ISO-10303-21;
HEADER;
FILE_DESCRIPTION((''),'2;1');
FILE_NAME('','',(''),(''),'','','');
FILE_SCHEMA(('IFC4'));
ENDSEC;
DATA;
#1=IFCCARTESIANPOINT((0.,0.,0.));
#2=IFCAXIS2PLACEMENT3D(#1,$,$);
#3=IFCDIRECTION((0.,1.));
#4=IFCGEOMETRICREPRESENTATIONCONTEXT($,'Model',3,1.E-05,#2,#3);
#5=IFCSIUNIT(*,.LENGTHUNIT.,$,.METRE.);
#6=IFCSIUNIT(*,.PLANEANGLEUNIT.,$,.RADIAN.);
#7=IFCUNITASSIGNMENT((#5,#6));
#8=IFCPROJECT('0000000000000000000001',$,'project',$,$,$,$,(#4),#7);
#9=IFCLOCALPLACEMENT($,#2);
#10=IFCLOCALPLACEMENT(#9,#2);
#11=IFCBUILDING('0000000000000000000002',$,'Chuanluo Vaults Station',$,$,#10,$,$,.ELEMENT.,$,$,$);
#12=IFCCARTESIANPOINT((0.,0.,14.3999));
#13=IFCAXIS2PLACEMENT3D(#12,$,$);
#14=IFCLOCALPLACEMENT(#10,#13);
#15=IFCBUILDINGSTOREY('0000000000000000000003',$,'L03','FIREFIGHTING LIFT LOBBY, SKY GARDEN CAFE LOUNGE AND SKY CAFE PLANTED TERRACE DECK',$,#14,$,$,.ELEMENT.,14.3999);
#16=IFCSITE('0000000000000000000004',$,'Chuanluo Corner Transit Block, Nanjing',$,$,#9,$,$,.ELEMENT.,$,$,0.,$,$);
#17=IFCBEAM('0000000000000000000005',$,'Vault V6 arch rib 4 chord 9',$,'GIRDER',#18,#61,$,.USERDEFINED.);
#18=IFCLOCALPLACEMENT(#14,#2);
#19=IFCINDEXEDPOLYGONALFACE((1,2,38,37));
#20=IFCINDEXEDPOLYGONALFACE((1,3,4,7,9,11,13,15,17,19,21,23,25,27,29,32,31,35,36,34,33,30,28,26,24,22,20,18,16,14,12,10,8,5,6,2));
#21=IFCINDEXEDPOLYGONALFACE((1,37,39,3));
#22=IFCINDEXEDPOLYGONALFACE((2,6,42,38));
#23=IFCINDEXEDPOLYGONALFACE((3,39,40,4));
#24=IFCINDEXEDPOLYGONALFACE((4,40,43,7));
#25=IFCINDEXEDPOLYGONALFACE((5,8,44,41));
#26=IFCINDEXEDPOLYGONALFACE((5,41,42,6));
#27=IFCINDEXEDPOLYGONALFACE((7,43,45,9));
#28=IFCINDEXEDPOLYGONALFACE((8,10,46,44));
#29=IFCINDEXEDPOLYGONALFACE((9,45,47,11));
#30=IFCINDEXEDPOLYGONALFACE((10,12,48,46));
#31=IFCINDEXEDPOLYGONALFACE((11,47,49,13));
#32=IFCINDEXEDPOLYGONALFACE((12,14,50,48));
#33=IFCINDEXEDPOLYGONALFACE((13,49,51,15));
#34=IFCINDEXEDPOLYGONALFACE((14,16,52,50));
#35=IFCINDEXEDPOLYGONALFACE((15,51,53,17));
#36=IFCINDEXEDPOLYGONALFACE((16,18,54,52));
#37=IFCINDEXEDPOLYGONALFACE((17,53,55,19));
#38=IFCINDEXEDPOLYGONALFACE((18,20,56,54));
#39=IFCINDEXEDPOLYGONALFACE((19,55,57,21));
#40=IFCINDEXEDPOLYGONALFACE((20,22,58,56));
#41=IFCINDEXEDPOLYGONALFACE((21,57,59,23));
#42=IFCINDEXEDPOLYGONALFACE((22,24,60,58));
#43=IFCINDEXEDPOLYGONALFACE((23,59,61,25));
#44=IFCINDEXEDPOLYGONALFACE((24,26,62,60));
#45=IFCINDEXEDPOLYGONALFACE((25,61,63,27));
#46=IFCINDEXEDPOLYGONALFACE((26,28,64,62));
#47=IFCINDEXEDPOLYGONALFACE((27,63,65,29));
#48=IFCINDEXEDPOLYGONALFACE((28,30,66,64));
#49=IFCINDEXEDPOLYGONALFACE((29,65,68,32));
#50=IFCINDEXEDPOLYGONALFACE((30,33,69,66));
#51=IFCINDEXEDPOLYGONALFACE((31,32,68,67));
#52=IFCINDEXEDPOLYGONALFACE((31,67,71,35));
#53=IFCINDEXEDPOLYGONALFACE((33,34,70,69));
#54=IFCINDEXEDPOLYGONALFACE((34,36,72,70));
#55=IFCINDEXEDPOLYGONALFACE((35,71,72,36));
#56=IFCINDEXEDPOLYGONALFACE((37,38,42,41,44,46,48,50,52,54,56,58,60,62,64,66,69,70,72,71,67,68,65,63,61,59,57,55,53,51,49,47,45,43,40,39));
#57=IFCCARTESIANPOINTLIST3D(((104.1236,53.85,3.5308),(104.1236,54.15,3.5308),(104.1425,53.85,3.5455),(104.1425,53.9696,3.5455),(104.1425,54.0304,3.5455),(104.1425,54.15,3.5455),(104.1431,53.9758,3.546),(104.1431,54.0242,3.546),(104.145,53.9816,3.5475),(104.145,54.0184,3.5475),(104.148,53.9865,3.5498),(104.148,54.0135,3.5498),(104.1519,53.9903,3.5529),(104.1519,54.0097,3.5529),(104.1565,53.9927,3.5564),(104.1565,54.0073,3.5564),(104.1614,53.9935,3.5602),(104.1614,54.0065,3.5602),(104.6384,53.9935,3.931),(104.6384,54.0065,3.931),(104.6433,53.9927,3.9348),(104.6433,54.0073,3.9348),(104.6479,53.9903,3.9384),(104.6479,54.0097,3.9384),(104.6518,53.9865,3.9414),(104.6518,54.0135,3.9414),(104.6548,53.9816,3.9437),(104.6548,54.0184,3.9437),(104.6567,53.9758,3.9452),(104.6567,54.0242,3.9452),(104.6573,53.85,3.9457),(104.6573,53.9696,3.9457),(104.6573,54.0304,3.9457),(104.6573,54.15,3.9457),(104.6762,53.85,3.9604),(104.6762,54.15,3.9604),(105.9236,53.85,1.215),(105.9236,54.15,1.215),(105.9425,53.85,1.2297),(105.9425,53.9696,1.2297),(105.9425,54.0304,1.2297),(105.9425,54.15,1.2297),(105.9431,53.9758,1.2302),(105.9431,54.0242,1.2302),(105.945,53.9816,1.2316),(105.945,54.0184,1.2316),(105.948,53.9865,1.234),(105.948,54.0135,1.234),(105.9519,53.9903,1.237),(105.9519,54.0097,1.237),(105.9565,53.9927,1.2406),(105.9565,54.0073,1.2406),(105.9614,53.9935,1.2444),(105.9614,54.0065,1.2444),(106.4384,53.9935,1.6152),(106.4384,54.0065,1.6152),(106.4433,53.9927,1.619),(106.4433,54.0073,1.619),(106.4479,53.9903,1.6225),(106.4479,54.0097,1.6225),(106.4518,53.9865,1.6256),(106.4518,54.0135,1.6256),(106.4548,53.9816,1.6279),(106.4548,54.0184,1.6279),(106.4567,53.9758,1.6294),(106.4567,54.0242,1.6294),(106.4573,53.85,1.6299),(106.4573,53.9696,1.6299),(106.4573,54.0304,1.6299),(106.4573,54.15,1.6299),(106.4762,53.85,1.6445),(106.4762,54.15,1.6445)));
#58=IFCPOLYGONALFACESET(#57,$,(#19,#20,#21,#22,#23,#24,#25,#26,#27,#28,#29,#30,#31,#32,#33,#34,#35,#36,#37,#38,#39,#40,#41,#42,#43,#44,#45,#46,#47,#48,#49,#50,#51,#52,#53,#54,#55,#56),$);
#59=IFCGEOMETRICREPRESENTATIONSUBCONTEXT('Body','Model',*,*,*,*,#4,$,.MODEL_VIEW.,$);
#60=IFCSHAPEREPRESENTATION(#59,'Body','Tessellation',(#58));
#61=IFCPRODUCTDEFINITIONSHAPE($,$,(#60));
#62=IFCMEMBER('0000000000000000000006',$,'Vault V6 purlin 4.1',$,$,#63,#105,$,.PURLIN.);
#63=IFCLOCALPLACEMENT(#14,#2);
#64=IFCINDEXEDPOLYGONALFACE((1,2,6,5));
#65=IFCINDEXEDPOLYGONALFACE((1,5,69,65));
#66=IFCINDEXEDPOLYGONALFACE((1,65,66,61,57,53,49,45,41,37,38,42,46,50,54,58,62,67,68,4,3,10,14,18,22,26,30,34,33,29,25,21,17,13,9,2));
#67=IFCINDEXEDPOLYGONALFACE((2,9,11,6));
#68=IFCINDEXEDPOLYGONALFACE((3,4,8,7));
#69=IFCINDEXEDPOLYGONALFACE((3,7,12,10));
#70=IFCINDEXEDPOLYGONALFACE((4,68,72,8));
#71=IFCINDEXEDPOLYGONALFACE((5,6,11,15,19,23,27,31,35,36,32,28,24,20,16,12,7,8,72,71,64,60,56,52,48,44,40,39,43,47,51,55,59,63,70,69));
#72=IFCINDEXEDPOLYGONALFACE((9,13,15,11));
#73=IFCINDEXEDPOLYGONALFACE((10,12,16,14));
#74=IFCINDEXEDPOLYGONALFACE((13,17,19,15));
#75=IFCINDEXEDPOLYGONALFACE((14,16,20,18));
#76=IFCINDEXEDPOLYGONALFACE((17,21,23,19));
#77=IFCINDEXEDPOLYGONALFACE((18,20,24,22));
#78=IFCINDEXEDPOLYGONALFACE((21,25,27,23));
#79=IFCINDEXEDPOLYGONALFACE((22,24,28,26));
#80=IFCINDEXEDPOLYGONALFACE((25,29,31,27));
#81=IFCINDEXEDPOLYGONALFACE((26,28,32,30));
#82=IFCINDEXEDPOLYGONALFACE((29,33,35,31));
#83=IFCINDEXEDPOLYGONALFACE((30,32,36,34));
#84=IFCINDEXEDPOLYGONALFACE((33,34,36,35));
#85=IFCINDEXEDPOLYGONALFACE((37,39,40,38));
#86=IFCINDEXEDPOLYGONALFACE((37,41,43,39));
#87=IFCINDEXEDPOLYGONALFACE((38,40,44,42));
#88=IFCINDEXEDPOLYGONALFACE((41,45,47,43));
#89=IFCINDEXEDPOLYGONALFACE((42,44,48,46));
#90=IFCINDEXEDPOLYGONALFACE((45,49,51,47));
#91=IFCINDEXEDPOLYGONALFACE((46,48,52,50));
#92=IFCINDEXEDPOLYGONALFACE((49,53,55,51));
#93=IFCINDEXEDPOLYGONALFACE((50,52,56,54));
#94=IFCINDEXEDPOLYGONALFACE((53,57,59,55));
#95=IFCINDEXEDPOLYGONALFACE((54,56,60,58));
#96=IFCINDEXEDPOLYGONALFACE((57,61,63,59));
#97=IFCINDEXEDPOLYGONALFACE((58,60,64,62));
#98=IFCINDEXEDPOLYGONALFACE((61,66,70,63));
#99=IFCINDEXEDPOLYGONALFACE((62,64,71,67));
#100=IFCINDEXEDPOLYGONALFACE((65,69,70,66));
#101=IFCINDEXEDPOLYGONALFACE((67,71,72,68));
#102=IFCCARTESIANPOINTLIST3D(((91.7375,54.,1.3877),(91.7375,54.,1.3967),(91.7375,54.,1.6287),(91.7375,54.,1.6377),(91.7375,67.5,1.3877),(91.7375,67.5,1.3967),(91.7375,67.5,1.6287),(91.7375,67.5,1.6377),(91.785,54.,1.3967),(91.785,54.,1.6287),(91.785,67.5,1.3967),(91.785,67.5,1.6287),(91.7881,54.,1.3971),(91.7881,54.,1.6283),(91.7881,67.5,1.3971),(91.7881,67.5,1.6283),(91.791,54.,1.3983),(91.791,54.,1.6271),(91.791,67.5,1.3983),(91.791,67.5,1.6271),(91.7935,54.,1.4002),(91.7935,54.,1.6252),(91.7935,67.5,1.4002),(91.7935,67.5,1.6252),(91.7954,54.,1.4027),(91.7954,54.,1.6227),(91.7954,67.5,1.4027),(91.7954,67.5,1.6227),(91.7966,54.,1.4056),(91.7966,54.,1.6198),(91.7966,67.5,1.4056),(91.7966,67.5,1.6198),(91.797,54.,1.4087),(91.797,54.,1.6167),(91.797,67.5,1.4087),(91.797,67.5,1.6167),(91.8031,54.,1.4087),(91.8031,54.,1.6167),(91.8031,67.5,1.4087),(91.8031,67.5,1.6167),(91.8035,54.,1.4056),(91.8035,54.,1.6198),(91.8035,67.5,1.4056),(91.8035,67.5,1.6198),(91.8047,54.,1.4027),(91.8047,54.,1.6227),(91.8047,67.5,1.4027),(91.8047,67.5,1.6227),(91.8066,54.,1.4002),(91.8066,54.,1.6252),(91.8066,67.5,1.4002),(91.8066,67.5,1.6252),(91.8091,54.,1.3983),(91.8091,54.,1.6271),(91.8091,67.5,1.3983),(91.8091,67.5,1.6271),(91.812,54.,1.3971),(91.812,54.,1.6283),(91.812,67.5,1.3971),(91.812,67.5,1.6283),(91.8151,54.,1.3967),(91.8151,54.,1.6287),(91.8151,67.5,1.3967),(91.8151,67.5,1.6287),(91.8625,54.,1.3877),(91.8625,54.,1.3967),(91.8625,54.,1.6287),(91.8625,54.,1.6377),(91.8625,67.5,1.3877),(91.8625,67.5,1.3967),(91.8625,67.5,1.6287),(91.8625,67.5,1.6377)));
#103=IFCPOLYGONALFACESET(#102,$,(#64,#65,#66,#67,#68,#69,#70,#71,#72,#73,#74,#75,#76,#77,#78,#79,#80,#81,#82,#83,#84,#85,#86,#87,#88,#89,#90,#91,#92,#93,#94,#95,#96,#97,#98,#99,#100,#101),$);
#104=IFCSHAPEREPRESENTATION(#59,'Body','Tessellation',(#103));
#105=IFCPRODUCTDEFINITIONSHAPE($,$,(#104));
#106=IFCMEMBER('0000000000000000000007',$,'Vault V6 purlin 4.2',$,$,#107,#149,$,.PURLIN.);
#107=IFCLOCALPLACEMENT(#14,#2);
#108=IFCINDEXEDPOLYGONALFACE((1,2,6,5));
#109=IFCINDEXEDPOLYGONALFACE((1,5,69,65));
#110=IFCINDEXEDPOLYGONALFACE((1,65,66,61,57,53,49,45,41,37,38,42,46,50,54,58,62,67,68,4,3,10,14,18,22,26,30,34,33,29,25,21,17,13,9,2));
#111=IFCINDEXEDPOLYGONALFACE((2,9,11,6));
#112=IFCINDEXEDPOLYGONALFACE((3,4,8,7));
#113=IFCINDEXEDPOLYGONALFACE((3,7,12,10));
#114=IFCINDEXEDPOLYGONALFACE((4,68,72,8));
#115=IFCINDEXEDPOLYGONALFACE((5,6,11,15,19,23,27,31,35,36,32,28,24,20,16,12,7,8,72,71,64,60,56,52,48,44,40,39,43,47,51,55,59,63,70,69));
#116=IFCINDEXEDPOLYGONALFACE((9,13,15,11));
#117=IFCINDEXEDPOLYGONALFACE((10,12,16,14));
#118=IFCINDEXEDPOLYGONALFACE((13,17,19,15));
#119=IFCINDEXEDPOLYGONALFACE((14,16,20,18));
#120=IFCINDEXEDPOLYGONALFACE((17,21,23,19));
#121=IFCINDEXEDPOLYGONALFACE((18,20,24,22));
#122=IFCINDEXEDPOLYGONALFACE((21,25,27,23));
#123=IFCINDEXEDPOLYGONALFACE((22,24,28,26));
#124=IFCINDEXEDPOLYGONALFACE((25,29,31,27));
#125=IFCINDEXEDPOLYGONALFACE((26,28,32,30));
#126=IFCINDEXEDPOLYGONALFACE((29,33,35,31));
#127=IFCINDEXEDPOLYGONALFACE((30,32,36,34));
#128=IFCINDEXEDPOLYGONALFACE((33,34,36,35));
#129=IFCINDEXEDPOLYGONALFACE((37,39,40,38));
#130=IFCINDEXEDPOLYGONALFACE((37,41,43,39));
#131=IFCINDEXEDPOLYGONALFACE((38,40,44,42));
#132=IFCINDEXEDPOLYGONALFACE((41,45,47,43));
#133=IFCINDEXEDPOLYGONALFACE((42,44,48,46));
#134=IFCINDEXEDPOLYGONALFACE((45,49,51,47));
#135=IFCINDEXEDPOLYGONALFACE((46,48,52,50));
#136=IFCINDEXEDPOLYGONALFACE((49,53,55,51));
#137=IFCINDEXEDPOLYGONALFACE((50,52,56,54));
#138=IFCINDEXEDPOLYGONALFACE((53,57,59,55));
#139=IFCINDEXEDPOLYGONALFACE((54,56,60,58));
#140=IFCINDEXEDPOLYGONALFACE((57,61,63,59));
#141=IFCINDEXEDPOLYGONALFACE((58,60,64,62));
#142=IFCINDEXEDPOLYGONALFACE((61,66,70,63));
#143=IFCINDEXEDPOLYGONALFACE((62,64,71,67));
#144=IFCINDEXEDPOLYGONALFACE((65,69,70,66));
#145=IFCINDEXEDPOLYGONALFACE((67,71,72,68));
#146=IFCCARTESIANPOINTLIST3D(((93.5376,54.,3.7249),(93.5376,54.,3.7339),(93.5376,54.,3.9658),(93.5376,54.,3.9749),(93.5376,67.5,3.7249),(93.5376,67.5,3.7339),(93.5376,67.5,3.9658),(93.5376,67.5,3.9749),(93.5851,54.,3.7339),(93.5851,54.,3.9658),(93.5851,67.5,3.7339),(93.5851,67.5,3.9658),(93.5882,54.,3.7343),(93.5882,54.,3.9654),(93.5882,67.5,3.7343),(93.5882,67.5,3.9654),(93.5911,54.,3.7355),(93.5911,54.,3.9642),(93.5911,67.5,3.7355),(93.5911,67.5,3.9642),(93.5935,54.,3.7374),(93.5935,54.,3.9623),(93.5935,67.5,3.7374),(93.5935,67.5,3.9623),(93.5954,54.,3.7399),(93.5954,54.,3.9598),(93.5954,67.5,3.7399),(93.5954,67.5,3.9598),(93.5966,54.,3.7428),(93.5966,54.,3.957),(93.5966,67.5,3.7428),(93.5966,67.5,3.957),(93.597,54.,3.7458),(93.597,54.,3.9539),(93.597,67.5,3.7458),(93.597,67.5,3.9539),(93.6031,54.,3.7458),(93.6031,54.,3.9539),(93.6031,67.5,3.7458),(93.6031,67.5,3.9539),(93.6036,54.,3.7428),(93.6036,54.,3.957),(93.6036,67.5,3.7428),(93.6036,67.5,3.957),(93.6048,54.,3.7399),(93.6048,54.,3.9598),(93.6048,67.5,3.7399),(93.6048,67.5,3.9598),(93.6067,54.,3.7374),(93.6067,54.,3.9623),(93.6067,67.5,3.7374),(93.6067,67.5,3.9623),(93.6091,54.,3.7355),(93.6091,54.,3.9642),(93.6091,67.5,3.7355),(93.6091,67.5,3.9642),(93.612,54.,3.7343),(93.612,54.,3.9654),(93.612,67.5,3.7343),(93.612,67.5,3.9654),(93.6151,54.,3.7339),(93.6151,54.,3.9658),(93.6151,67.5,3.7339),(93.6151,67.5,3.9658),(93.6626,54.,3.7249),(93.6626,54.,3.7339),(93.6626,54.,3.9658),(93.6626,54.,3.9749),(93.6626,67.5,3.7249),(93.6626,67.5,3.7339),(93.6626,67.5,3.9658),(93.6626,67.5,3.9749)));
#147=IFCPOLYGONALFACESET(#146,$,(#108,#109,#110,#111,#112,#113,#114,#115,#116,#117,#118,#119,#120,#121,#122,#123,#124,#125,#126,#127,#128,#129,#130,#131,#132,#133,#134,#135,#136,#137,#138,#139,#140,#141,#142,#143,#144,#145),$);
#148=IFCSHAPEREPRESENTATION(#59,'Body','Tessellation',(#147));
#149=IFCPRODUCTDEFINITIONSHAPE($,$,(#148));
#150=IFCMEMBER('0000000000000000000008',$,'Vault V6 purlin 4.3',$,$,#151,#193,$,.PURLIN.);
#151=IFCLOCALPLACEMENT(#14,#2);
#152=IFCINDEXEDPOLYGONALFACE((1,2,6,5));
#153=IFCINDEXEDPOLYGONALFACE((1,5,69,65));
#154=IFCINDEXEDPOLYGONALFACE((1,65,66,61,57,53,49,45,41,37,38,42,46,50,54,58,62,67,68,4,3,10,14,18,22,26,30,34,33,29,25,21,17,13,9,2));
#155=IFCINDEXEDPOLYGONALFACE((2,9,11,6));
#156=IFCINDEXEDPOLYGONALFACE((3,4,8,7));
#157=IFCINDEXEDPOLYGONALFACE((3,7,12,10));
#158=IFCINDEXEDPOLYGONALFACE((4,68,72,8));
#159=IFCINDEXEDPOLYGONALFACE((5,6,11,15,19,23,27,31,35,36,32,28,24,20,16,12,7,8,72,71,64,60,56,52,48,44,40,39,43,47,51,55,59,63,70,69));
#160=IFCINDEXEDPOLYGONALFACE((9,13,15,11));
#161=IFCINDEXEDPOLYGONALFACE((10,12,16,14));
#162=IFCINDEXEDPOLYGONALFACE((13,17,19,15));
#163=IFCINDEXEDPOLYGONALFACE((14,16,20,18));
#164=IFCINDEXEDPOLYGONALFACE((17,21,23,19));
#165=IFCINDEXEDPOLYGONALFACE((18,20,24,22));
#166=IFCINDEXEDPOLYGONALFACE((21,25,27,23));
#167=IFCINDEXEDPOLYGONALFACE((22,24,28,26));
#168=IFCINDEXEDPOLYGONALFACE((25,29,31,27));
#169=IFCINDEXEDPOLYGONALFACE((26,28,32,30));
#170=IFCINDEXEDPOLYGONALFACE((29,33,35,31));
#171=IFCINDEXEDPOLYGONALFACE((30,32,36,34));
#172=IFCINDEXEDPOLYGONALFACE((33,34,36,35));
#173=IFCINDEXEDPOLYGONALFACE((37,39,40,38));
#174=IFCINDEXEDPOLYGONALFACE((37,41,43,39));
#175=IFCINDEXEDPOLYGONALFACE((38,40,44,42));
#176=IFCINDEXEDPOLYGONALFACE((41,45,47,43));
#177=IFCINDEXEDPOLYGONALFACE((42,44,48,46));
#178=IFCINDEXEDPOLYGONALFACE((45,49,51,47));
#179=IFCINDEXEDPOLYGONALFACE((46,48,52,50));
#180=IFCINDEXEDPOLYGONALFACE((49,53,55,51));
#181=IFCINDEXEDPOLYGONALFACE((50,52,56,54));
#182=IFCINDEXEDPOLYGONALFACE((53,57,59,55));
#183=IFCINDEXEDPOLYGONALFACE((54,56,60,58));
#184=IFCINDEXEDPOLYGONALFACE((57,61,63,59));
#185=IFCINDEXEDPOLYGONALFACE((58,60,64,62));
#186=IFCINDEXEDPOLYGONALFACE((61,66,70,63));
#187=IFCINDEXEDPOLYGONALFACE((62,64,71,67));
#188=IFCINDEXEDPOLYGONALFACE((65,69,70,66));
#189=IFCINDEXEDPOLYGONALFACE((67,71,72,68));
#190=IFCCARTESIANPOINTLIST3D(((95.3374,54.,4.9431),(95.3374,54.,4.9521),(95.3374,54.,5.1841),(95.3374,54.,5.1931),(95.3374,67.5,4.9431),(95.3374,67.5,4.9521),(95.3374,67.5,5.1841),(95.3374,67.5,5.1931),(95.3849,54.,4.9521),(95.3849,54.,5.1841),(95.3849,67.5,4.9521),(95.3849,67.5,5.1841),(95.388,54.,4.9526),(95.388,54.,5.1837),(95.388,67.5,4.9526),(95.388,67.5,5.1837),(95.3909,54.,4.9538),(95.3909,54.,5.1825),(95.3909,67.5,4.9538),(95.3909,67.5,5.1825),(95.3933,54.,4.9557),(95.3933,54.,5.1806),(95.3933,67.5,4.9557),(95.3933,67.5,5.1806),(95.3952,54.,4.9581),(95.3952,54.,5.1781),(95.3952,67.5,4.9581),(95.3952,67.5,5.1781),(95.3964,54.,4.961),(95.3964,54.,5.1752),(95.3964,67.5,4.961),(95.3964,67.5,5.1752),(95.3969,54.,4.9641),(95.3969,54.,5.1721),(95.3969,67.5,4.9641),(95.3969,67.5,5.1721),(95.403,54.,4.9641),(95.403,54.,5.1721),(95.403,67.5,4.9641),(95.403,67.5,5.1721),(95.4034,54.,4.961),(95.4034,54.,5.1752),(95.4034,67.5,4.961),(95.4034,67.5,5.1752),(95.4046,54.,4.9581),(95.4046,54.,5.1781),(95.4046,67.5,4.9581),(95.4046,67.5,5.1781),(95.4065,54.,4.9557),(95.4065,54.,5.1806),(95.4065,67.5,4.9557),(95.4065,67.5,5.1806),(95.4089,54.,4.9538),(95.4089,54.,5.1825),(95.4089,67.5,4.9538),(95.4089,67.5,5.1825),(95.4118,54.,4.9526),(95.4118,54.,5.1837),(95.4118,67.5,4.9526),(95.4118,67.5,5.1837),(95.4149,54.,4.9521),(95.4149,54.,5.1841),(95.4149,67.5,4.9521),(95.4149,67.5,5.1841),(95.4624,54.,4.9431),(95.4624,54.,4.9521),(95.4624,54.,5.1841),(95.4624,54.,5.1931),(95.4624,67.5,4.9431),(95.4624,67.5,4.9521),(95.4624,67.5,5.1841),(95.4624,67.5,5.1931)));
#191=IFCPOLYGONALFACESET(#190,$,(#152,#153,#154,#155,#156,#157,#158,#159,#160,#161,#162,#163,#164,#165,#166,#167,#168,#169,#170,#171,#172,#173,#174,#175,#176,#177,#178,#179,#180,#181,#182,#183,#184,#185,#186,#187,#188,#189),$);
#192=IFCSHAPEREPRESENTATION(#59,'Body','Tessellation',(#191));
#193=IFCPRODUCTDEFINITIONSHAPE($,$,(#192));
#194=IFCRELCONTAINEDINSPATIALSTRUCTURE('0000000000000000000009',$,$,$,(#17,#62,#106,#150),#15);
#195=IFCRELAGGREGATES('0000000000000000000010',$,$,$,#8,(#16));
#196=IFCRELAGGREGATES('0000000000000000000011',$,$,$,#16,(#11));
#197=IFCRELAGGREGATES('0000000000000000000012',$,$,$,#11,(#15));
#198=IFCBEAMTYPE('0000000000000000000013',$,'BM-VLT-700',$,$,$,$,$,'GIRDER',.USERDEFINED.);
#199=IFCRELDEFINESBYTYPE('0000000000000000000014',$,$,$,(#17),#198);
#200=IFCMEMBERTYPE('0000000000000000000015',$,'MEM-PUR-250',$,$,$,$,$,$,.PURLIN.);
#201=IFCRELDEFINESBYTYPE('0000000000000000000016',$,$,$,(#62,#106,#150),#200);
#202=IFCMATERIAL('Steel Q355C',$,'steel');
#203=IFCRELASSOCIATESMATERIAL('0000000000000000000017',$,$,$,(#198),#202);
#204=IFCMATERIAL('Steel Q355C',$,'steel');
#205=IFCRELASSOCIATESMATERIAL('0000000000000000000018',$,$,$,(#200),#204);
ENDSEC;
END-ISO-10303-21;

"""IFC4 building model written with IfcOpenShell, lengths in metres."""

from ifc_helpers import new_model, si_unit, direction, frame, origin, origin_2d, place, context, subcontext, project, spatial, i_section, extrude, material, material_profile, profile_set, type_object, element, save


model = new_model("IFC4")

# Units and contexts
model_context = context("Model", 3, precision=1e-05, world=origin(), true_north=direction((0.0, 1.0)))
body_context = subcontext(model_context, "Body", "Model", "MODEL_VIEW")
ifc_project = project(units=[si_unit("LENGTHUNIT", "METRE"), si_unit("PLANEANGLEUNIT", "RADIAN")], contexts=[model_context])

# Site, building, storey
site_placement = place(None, origin())
site = spatial("IfcSite", under=ifc_project, at=site_placement, Name="Chuanluo Corner Transit Block, Nanjing", CompositionType="ELEMENT", RefElevation=0.0)
building_placement = place(site_placement, origin())
building = spatial("IfcBuilding", under=site, at=building_placement, Name="Chuanluo Vaults Station", CompositionType="ELEMENT")
storey_placement = place(building_placement, frame((0.0, 0.0, 14.3999)))
storey = spatial("IfcBuildingStorey", under=building, at=storey_placement, Name="L03", Description="FIREFIGHTING LIFT LOBBY, SKY GARDEN CAFE LOUNGE AND SKY CAFE PLANTED TERRACE DECK", CompositionType="ELEMENT", Elevation=14.3999)

# Beam
ifc_material_1 = material(Name="Steel Q355C", Category="steel")
ifc_material_profile_1 = material_profile(ifc_material_1, i_section(OverallWidth=0.3, OverallDepth=0.7, WebThickness=0.0129, FlangeThickness=0.0239, FilletRadius=0.0239, at=origin_2d()))
ifc_profile_set_1 = profile_set([ifc_material_profile_1], Name="Steel Q355C")
beam_type = type_object("IfcBeamType", Name="BM-VLT-700", ElementType="GIRDER", PredefinedType="USERDEFINED", material=ifc_profile_set_1)
beam_1_placement = place(storey_placement, frame((104.3999, 54.0, 3.7456), z_axis=(0.613681, 0.0, -0.789554), x_axis=(0.0, 1.0, 0.0)))
element("IfcBeam", 1, at=beam_1_placement, inside=storey, type_object=beam_type, Name="Vault V6 arch rib 4 chord 9", ObjectType="GIRDER", PredefinedType="USERDEFINED", context=body_context, shape_type="SweptSolid", body=[
    extrude(i_section(OverallWidth=0.3, OverallDepth=0.7, WebThickness=0.0129, FlangeThickness=0.0239, FilletRadius=0.0239, at=origin_2d()), origin(), (0.0, 0.0, 1.0), 2.9331),
])

# Members
ifc_material_2 = material(Name="Steel Q355C", Category="steel")
ifc_material_profile_2 = material_profile(ifc_material_2, i_section(OverallWidth=0.125, OverallDepth=0.25, WebThickness=0.0061, FlangeThickness=0.009, FilletRadius=0.012, at=origin_2d()))
ifc_profile_set_2 = profile_set([ifc_material_profile_2], Name="Steel Q355C")
member_type_1 = type_object("IfcMemberType", Name="MEM-PUR-250", PredefinedType="PURLIN", material=ifc_profile_set_2)
for number, where, z_axis, x_axis, name in (
    (2, (91.8, 54.0, 1.5127), (0.0, 1.0, 0.0), (-1.0, 0.0, 0.0), "Vault V6 purlin 4.1"),
    (3, (93.6001, 54.0, 3.8499), (0.0, 1.0, 0.0), (-1.0, 0.0, 0.0), "Vault V6 purlin 4.2"),
    (4, (95.3999, 54.0, 5.0681), (0.0, 1.0, 0.0), (-1.0, 0.0, 0.0), "Vault V6 purlin 4.3"),
):
    element("IfcMember", number, at=place(storey_placement, frame(where, z_axis=z_axis, x_axis=x_axis)), inside=storey, type_object=member_type_1, Name=name, PredefinedType="PURLIN", context=body_context, shape_type="SweptSolid", body=[
        extrude(i_section(OverallWidth=0.125, OverallDepth=0.25, WebThickness=0.0061, FlangeThickness=0.009, FilletRadius=0.012, at=origin_2d()), origin(), (0.0, 0.0, 1.0), 13.5),
    ])

save(model, "model.ifc")
